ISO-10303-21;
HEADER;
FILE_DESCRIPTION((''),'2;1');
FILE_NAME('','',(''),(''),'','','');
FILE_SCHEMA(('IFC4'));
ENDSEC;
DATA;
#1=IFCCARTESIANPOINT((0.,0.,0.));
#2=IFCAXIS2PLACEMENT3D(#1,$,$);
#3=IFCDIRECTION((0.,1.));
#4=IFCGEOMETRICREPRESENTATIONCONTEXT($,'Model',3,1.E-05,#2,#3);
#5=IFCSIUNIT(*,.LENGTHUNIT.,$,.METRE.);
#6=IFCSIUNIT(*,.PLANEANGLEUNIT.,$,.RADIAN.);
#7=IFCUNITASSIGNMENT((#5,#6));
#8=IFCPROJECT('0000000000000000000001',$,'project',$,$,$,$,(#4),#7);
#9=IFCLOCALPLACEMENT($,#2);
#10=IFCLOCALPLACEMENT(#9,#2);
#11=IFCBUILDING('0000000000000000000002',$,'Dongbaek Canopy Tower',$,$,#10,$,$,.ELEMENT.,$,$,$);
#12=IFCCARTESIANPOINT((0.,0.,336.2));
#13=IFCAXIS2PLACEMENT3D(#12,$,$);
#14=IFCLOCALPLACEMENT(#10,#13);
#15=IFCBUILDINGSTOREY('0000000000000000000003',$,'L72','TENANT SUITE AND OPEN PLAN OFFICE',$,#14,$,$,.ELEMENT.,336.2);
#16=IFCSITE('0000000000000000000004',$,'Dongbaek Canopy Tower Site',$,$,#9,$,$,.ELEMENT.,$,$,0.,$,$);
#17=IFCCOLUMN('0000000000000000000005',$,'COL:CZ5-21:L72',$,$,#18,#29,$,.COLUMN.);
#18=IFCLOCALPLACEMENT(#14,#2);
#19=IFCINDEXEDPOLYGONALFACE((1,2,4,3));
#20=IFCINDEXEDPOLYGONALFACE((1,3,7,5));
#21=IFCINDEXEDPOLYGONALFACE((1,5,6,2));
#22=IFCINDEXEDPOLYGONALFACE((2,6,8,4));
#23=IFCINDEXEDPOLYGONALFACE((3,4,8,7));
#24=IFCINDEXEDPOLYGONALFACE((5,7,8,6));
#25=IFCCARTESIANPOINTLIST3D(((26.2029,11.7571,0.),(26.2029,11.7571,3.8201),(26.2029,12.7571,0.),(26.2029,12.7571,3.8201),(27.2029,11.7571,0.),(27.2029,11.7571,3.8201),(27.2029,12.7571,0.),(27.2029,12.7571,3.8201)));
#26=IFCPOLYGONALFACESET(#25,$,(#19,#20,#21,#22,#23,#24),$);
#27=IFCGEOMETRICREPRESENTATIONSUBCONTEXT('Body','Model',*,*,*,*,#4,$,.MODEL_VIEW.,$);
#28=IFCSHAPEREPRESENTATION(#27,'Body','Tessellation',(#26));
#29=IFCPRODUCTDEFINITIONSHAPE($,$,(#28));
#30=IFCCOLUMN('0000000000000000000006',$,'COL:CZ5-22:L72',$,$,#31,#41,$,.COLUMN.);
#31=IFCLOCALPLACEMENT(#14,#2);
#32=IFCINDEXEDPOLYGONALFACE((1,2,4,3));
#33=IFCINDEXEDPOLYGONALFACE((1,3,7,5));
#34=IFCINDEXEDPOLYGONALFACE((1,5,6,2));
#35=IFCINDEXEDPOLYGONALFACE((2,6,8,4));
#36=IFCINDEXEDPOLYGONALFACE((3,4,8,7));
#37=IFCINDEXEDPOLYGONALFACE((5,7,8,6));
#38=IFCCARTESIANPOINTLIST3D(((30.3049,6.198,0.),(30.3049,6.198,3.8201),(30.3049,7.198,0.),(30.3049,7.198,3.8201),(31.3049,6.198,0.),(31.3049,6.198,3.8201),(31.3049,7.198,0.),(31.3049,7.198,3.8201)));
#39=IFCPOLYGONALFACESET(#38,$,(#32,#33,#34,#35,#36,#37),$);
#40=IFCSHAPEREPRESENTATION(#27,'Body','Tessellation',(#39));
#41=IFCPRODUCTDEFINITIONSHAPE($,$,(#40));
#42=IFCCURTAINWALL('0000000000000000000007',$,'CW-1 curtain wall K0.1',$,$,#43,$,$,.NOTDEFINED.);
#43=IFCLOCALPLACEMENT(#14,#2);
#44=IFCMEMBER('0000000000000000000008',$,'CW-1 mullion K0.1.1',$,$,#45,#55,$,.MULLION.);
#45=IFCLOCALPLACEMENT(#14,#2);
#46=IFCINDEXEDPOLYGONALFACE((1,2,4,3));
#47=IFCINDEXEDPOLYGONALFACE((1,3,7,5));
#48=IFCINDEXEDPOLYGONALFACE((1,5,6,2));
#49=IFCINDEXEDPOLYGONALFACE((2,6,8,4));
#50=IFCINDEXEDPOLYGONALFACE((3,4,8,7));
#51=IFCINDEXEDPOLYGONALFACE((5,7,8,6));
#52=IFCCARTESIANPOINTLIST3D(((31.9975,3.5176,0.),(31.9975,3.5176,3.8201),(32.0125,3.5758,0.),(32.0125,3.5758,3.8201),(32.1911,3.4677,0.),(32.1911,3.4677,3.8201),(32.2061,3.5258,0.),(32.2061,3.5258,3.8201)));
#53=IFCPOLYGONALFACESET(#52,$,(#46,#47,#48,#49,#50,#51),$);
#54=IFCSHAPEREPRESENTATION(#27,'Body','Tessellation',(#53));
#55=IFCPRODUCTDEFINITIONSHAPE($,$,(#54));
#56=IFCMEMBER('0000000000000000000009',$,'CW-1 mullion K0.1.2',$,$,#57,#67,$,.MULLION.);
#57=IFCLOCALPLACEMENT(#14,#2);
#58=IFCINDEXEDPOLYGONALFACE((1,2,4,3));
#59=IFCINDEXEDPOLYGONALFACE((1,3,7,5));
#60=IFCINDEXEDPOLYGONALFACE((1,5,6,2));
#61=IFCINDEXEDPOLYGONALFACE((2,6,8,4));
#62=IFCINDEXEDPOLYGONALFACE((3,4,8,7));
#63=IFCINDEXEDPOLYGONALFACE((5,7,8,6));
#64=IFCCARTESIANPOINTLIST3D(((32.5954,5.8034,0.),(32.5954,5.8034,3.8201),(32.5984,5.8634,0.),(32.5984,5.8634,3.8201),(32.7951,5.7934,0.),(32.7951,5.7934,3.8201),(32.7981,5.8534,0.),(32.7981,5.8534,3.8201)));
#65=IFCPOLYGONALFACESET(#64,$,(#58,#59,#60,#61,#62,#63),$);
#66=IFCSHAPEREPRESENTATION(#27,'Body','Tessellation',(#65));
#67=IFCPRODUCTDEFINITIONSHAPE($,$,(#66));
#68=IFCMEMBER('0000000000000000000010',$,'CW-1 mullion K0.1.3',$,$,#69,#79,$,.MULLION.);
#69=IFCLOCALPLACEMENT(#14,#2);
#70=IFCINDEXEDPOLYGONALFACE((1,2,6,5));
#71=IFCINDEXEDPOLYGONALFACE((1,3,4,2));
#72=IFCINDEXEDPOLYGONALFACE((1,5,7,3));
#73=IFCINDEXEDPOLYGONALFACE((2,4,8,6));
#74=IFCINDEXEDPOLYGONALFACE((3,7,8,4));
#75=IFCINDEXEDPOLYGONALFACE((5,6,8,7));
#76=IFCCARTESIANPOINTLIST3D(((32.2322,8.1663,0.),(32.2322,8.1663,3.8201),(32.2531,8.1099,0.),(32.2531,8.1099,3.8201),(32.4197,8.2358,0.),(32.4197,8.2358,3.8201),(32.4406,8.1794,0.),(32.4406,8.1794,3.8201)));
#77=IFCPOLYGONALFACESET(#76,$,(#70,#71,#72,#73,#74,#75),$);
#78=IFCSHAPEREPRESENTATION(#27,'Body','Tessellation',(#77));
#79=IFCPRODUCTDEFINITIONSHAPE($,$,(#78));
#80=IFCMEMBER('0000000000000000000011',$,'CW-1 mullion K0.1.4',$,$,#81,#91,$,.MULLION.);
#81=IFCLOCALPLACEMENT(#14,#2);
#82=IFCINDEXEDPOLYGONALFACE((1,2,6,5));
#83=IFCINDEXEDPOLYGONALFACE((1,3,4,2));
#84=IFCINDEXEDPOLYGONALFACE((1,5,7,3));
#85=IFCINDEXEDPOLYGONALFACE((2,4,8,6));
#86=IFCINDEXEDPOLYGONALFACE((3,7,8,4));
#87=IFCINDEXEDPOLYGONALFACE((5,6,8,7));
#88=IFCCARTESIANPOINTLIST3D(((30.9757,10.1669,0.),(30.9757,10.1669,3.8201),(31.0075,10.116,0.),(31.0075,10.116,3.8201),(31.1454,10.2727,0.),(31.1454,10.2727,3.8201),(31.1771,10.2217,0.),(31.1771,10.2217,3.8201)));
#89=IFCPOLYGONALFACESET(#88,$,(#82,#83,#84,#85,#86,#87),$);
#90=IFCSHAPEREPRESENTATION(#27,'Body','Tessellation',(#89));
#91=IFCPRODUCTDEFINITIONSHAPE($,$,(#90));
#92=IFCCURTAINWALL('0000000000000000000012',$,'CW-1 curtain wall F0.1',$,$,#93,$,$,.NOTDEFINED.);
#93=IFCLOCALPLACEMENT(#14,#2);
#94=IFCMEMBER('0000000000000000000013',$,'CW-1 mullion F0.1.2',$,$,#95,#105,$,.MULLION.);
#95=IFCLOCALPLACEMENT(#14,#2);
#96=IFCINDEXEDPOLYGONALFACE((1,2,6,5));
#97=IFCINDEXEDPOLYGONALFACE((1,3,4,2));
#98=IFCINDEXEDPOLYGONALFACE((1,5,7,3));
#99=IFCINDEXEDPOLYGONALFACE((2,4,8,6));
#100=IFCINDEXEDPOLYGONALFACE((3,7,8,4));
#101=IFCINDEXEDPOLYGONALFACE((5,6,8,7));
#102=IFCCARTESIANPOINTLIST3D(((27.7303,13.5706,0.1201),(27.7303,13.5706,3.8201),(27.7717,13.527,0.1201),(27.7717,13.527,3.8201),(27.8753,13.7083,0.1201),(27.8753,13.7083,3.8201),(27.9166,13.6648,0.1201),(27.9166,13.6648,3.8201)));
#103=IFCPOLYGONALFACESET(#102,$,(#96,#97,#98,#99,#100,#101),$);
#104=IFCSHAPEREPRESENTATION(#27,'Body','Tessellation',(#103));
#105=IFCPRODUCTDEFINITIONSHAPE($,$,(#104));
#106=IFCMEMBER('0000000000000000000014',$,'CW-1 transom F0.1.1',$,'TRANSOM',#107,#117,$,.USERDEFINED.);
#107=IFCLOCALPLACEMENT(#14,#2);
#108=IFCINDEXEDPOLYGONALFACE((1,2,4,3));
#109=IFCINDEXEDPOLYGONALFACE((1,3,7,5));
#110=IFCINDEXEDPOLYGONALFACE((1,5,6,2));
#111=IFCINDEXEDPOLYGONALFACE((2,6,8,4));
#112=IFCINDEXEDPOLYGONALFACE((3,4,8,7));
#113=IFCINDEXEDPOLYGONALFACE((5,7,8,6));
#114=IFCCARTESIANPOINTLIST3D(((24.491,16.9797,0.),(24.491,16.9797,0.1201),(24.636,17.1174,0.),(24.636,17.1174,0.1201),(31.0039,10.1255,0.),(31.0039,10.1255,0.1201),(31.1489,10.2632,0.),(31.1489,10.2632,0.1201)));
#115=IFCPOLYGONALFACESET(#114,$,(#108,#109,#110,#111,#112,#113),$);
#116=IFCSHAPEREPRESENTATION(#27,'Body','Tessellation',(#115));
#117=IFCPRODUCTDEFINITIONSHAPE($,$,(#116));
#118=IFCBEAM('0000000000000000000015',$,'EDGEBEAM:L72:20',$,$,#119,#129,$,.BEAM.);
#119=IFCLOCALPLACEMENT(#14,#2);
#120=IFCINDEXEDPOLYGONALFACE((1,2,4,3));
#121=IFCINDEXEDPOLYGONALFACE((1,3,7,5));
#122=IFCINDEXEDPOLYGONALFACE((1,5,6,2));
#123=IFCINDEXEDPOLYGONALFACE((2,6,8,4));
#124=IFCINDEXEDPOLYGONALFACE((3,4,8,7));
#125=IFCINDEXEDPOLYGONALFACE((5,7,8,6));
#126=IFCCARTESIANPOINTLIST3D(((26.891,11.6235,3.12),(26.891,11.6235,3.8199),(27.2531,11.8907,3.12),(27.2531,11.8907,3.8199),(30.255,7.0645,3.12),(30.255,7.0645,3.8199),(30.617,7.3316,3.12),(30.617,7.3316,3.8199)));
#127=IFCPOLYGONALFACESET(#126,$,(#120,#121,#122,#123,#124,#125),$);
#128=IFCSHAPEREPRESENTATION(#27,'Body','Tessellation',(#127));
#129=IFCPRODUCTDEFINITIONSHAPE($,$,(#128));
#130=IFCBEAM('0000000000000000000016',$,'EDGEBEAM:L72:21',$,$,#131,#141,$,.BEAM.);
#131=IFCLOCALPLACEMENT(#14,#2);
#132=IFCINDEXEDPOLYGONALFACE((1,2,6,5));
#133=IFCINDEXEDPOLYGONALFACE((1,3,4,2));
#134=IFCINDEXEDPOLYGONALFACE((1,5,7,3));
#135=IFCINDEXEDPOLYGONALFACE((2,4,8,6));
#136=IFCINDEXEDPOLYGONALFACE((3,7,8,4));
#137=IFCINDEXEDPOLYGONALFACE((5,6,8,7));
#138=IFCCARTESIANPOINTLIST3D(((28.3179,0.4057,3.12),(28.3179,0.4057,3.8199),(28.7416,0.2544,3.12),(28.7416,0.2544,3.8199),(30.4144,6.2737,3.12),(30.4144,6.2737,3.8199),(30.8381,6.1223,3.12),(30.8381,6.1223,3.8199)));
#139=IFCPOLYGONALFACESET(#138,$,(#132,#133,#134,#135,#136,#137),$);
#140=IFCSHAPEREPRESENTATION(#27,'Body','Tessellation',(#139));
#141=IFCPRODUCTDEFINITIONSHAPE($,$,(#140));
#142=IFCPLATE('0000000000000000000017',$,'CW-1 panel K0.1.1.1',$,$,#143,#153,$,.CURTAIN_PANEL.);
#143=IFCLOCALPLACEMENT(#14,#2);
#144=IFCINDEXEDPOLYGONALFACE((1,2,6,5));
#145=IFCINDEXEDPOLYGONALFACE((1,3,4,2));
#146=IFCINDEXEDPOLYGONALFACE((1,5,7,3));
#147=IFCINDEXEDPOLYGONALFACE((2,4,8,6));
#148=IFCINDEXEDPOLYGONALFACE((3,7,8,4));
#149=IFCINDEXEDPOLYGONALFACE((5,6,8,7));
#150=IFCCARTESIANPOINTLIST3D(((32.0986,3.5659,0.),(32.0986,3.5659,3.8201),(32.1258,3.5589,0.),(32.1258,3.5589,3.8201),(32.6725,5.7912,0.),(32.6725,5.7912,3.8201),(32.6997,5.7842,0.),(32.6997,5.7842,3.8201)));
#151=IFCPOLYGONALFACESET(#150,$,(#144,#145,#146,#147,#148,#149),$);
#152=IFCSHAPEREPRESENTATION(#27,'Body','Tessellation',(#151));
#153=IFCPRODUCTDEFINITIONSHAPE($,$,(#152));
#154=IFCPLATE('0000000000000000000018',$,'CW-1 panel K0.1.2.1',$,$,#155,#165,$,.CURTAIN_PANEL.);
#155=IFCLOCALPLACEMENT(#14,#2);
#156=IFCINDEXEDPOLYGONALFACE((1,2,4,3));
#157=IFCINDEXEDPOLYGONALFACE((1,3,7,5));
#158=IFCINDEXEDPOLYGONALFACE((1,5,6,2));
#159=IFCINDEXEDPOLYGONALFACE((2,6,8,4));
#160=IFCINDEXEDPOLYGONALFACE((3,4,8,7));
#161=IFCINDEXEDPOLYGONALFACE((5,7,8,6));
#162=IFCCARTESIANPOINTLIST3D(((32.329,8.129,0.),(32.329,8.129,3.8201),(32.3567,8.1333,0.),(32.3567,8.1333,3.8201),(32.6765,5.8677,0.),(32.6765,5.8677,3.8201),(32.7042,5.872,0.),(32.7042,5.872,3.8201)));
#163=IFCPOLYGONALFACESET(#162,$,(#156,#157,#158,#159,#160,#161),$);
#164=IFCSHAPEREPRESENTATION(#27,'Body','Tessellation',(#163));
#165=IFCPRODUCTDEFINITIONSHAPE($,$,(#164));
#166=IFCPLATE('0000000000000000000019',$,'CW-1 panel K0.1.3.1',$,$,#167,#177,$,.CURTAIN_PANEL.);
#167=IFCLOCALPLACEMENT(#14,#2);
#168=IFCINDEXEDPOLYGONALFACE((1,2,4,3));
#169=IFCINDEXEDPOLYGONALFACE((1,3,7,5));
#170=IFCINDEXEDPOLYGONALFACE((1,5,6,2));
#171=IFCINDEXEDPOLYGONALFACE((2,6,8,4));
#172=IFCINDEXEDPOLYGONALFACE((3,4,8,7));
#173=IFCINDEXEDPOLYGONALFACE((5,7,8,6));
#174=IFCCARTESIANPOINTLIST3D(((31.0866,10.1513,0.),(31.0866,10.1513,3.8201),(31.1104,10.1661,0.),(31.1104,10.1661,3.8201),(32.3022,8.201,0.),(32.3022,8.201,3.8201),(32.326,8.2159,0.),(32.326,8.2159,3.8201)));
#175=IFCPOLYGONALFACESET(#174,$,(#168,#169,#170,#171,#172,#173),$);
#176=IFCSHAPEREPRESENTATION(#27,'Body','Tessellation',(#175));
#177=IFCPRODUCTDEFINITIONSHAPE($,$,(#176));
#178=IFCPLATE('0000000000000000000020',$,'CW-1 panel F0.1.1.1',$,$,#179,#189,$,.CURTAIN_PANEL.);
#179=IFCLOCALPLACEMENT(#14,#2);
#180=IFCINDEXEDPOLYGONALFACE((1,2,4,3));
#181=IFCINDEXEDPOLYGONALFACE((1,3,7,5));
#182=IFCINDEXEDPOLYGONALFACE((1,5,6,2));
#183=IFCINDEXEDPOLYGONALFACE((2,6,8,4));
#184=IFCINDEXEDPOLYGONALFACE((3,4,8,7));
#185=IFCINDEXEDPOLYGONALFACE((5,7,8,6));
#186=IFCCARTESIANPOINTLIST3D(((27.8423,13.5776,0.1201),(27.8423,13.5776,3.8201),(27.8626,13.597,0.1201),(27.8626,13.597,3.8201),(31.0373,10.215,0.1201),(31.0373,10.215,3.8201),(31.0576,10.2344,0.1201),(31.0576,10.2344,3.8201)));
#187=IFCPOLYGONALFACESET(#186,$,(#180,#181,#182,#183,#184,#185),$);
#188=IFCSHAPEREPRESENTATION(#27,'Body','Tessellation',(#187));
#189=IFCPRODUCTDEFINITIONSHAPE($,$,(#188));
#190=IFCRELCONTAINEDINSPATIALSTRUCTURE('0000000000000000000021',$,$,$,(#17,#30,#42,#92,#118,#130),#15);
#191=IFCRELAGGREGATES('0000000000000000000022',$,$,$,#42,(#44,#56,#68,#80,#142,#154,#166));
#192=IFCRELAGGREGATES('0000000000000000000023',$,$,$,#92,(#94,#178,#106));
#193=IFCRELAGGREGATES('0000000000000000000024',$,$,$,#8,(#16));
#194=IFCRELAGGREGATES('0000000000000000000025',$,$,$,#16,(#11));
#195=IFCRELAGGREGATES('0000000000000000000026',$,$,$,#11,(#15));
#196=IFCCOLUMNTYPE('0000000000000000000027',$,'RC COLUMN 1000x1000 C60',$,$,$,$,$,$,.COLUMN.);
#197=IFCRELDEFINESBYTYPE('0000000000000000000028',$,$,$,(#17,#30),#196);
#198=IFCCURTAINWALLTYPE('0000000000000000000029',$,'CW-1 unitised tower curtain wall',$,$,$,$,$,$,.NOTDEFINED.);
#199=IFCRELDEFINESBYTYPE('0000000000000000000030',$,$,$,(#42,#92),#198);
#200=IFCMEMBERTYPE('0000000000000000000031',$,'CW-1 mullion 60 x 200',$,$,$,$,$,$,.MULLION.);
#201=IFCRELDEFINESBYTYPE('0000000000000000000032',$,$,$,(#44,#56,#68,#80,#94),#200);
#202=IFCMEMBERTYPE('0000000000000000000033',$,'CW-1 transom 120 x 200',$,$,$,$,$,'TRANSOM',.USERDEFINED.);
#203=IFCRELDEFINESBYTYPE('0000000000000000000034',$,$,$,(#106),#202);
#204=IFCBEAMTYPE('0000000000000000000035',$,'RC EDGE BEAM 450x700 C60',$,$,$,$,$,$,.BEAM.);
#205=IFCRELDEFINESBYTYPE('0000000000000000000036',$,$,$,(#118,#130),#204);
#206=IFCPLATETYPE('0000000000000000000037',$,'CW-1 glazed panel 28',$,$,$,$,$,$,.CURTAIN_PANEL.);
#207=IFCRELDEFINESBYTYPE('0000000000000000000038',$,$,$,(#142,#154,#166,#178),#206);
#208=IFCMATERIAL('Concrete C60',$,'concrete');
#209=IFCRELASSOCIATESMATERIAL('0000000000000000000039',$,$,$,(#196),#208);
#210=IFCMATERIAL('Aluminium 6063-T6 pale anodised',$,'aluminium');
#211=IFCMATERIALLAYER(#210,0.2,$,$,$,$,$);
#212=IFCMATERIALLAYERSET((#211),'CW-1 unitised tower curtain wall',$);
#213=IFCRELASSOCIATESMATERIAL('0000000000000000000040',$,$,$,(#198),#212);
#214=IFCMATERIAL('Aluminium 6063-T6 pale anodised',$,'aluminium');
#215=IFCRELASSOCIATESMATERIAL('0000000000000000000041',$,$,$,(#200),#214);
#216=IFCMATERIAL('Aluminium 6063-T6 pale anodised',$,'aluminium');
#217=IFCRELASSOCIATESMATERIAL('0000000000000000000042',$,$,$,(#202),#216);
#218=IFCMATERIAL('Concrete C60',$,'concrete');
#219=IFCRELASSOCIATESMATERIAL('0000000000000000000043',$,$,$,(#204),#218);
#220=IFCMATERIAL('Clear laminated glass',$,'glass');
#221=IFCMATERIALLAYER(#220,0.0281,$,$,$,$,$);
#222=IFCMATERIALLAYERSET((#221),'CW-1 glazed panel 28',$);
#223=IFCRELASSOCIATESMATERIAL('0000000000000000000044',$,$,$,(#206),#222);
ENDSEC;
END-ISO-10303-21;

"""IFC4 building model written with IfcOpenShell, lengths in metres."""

from ifc_helpers import new_model, si_unit, direction, frame, origin, origin_2d, place, context, subcontext, project, spatial, rectangle, extrude, material, layer, layer_set, material_profile, profile_set, type_object, element, aggregate, save


model = new_model("IFC4")

# Units and contexts
model_context = context("Model", 3, precision=1e-05, world=origin(), true_north=direction((0.0, 1.0)))
body_context = subcontext(model_context, "Body", "Model", "MODEL_VIEW")
ifc_project = project(units=[si_unit("LENGTHUNIT", "METRE"), si_unit("PLANEANGLEUNIT", "RADIAN")], contexts=[model_context])

# Site, building, storey
site_placement = place(None, origin())
site = spatial("IfcSite", under=ifc_project, at=site_placement, Name="Dongbaek Canopy Tower Site", CompositionType="ELEMENT", RefElevation=0.0)
building_placement = place(site_placement, origin())
building = spatial("IfcBuilding", under=site, at=building_placement, Name="Dongbaek Canopy Tower", CompositionType="ELEMENT")
storey_placement = place(building_placement, frame((0.0, 0.0, 336.2)))
storey = spatial("IfcBuildingStorey", under=building, at=storey_placement, Name="L72", Description="TENANT SUITE AND OPEN PLAN OFFICE", CompositionType="ELEMENT", Elevation=336.2)

# Columns
ifc_material_1 = material(Name="Concrete C60", Category="concrete")
ifc_material_profile_1 = material_profile(ifc_material_1, rectangle(XDim=1.0, YDim=1.0, at=origin_2d()), Name="RC COLUMN 1000x1000 C60")
ifc_profile_set_1 = profile_set([ifc_material_profile_1], Name="Concrete C60")
column_type = type_object("IfcColumnType", Name="RC COLUMN 1000x1000 C60", PredefinedType="COLUMN", material=ifc_profile_set_1)
for number, where, z_axis, x_axis, name in (
    (1, (26.7029, 12.2571, 0.0), (0.0, 0.0, 1.0), (1.0, 0.0, 0.0), "COL:CZ5-21:L72"),
    (2, (30.8049, 6.698, 0.0), (0.0, 0.0, 1.0), (1.0, 0.0, 0.0), "COL:CZ5-22:L72"),
):
    element("IfcColumn", number, at=place(storey_placement, frame(where, z_axis=z_axis, x_axis=x_axis)), inside=storey, type_object=column_type, Name=name, PredefinedType="COLUMN", context=body_context, shape_type="SweptSolid", body=[
        extrude(rectangle(XDim=1.0, YDim=1.0, at=origin_2d()), origin(), (0.0, 0.0, 1.0), 3.8201),
    ])

# Curtain walls, members
ifc_material_2 = material(Name="Aluminium 6063-T6 pale anodised", Category="aluminium")
ifc_layer_1 = layer(ifc_material_2, 0.2)
ifc_layer_set_1 = layer_set([ifc_layer_1], Name="CW-1 unitised tower curtain wall")
curtain_wall_type = type_object("IfcCurtainWallType", Name="CW-1 unitised tower curtain wall", PredefinedType="NOTDEFINED", material=ifc_layer_set_1)
curtain_wall_1_placement = place(storey_placement, origin())
curtain_wall_1 = element("IfcCurtainWall", 3, at=curtain_wall_1_placement, inside=storey, type_object=curtain_wall_type, Name="CW-1 curtain wall K0.1", PredefinedType="NOTDEFINED")
ifc_material_3 = material(Name="Aluminium 6063-T6 pale anodised", Category="aluminium")
ifc_material_profile_2 = material_profile(ifc_material_3, rectangle(XDim=0.2, YDim=0.0601, at=origin_2d()), Name="CW-1 mullion 60 x 200")
ifc_profile_set_2 = profile_set([ifc_material_profile_2], Name="Aluminium 6063-T6 pale anodised")
member_type_1 = type_object("IfcMemberType", Name="CW-1 mullion 60 x 200", PredefinedType="MULLION", material=ifc_profile_set_2)
member_1_placement = place(storey_placement, frame((32.1018, 3.5217, 0.0), z_axis=(0.0, 0.0, 1.0), x_axis=(0.968314, -0.249737, 0.0)))
member_1 = element("IfcMember", 4, at=member_1_placement, type_object=member_type_1, Name="CW-1 mullion K0.1.1", PredefinedType="MULLION", context=body_context, shape_type="SweptSolid", body=[
    extrude(rectangle(XDim=0.2, YDim=0.0601, at=origin_2d()), origin(), (0.0, 0.0, 1.0), 3.8201),
])
member_2_placement = place(storey_placement, frame((32.6968, 5.8284, 0.0), z_axis=(0.0, 0.0, 1.0), x_axis=(0.998752, -0.049937, 0.0)))
member_2 = element("IfcMember", 5, at=member_2_placement, type_object=member_type_1, Name="CW-1 mullion K0.1.2", PredefinedType="MULLION", context=body_context, shape_type="SweptSolid", body=[
    extrude(rectangle(XDim=0.2, YDim=0.0601, at=origin_2d()), origin(), (0.0, 0.0, 1.0), 3.8201),
])
member_3_placement = place(storey_placement, frame((32.3364, 8.1729, 0.0), z_axis=(0.0, 0.0, 1.0), x_axis=(0.937665, 0.34754, 0.0)))
member_3 = element("IfcMember", 6, at=member_3_placement, type_object=member_type_1, Name="CW-1 mullion K0.1.3", PredefinedType="MULLION", context=body_context, shape_type="SweptSolid", body=[
    extrude(rectangle(XDim=0.2, YDim=0.0601, at=origin_2d()), origin(), (0.0, 0.0, 1.0), 3.8201),
])
member_4_placement = place(storey_placement, frame((31.0764, 10.1943, 0.0), z_axis=(0.0, 0.0, 1.0), x_axis=(0.848634, 0.52898, 0.0)))
member_4 = element("IfcMember", 7, at=member_4_placement, type_object=member_type_1, Name="CW-1 mullion K0.1.4", PredefinedType="MULLION", context=body_context, shape_type="SweptSolid", body=[
    extrude(rectangle(XDim=0.2, YDim=0.0601, at=origin_2d()), origin(), (0.0, 0.0, 1.0), 3.8201),
])
curtain_wall_2_placement = place(storey_placement, origin())
curtain_wall_2 = element("IfcCurtainWall", 8, at=curtain_wall_2_placement, inside=storey, type_object=curtain_wall_type, Name="CW-1 curtain wall F0.1", PredefinedType="NOTDEFINED")
member_5_placement = place(storey_placement, frame((27.8235, 13.6177, 0.1201), z_axis=(0.0, 0.0, 1.0), x_axis=(0.72494, 0.688812, 0.0)))
member_5 = element("IfcMember", 9, at=member_5_placement, type_object=member_type_1, Name="CW-1 mullion F0.1.2", PredefinedType="MULLION", context=body_context, shape_type="SweptSolid", body=[
    extrude(rectangle(XDim=0.2, YDim=0.0601, at=origin_2d()), origin(), (0.0, 0.0, 1.0), 3.7),
])
ifc_material_4 = material(Name="Aluminium 6063-T6 pale anodised", Category="aluminium")
ifc_material_profile_3 = material_profile(ifc_material_4, rectangle(XDim=0.2, YDim=0.1201, at=origin_2d()), Name="CW-1 transom 120 x 200")
ifc_profile_set_3 = profile_set([ifc_material_profile_3], Name="Aluminium 6063-T6 pale anodised")
member_type_2 = type_object("IfcMemberType", Name="CW-1 transom 120 x 200", ElementType="TRANSOM", PredefinedType="USERDEFINED", material=ifc_profile_set_3)
member_6_placement = place(storey_placement, frame((31.0764, 10.1943, 0.0601), z_axis=(-0.688827, 0.724925, 0.0), x_axis=(-0.724925, -0.688827, 0.0)))
member_6 = element("IfcMember", 10, at=member_6_placement, type_object=member_type_2, Name="CW-1 transom F0.1.1", ObjectType="TRANSOM", PredefinedType="USERDEFINED", context=body_context, shape_type="SweptSolid", body=[
    extrude(rectangle(XDim=0.2, YDim=0.1201, at=origin_2d()), origin(), (0.0, 0.0, 1.0), 9.4551),
])

# Beams
ifc_material_5 = material(Name="Concrete C60", Category="concrete")
ifc_material_profile_4 = material_profile(ifc_material_5, rectangle(XDim=0.45, YDim=0.7, at=origin_2d()), Name="RC EDGE BEAM 450x700 C60")
ifc_profile_set_4 = profile_set([ifc_material_profile_4], Name="Concrete C60")
beam_type = type_object("IfcBeamType", Name="RC EDGE BEAM 450x700 C60", PredefinedType="BEAM", material=ifc_profile_set_4)
beam_1_placement = place(storey_placement, frame((27.072, 11.7571, 3.47), z_axis=(0.593735, -0.80466, 0.0), x_axis=(0.80466, 0.593735, 0.0)))
element("IfcBeam", 11, at=beam_1_placement, inside=storey, type_object=beam_type, Name="EDGEBEAM:L72:20", PredefinedType="BEAM", context=body_context, shape_type="SweptSolid", body=[
    extrude(rectangle(XDim=0.45, YDim=0.7, at=origin_2d()), origin(), (0.0, 0.0, 1.0), 5.6658),
])
beam_2_placement = place(storey_placement, frame((30.6262, 6.198, 3.47), z_axis=(-0.336443, -0.941704, 0.0), x_axis=(0.941704, -0.336443, 0.0)))
element("IfcBeam", 12, at=beam_2_placement, inside=storey, type_object=beam_type, Name="EDGEBEAM:L72:21", PredefinedType="BEAM", context=body_context, shape_type="SweptSolid", body=[
    extrude(rectangle(XDim=0.45, YDim=0.7, at=origin_2d()), origin(), (0.0, 0.0, 1.0), 6.2312),
])

# Plates
ifc_material_6 = material(Name="Clear laminated glass", Category="glass")
ifc_layer_2 = layer(ifc_material_6, 0.0281)
ifc_layer_set_2 = layer_set([ifc_layer_2], Name="CW-1 glazed panel 28")
plate_type = type_object("IfcPlateType", Name="CW-1 glazed panel 28", PredefinedType="CURTAIN_PANEL", material=ifc_layer_set_2)
plate_1_placement = place(storey_placement, frame((32.3992, 4.675, 0.0), z_axis=(0.0, 0.0, 1.0), x_axis=(0.249737, 0.968314, 0.0)))
plate_1 = element("IfcPlate", 13, at=plate_1_placement, type_object=plate_type, Name="CW-1 panel K0.1.1.1", PredefinedType="CURTAIN_PANEL", context=body_context, shape_type="SweptSolid", body=[
    extrude(rectangle(XDim=2.2981, YDim=0.0281, at=origin_2d()), origin(), (0.0, 0.0, 1.0), 3.8201),
])
plate_2_placement = place(storey_placement, frame((32.5166, 7.0005, 0.0), z_axis=(0.0, 0.0, 1.0), x_axis=(-0.151904, 0.988395, 0.0)))
plate_2 = element("IfcPlate", 14, at=plate_2_placement, type_object=plate_type, Name="CW-1 panel K0.1.2.1", PredefinedType="CURTAIN_PANEL", context=body_context, shape_type="SweptSolid", body=[
    extrude(rectangle(XDim=2.2878, YDim=0.0281, at=origin_2d()), origin(), (0.0, 0.0, 1.0), 3.8201),
])
plate_3_placement = place(storey_placement, frame((31.7063, 9.1836, 0.0), z_axis=(0.0, 0.0, 1.0), x_axis=(-0.52898, 0.848634, 0.0)))
plate_3 = element("IfcPlate", 15, at=plate_3_placement, type_object=plate_type, Name="CW-1 panel K0.1.3.1", PredefinedType="CURTAIN_PANEL", context=body_context, shape_type="SweptSolid", body=[
    extrude(rectangle(XDim=2.2981, YDim=0.0281, at=origin_2d()), origin(), (0.0, 0.0, 1.0), 3.8201),
])
plate_4_placement = place(storey_placement, frame((29.45, 11.906, 0.1201), z_axis=(0.0, 0.0, 1.0), x_axis=(-0.688812, 0.72494, 0.0)))
plate_4 = element("IfcPlate", 16, at=plate_4_placement, type_object=plate_type, Name="CW-1 panel F0.1.1.1", PredefinedType="CURTAIN_PANEL", context=body_context, shape_type="SweptSolid", body=[
    extrude(rectangle(XDim=4.6384, YDim=0.0281, at=origin_2d()), origin(), (0.0, 0.0, 1.0), 3.7),
])

aggregate(curtain_wall_1, [member_1, member_2, member_3, member_4, plate_1, plate_2, plate_3])
aggregate(curtain_wall_2, [member_5, plate_4, member_6])

save(model, "model.ifc")
